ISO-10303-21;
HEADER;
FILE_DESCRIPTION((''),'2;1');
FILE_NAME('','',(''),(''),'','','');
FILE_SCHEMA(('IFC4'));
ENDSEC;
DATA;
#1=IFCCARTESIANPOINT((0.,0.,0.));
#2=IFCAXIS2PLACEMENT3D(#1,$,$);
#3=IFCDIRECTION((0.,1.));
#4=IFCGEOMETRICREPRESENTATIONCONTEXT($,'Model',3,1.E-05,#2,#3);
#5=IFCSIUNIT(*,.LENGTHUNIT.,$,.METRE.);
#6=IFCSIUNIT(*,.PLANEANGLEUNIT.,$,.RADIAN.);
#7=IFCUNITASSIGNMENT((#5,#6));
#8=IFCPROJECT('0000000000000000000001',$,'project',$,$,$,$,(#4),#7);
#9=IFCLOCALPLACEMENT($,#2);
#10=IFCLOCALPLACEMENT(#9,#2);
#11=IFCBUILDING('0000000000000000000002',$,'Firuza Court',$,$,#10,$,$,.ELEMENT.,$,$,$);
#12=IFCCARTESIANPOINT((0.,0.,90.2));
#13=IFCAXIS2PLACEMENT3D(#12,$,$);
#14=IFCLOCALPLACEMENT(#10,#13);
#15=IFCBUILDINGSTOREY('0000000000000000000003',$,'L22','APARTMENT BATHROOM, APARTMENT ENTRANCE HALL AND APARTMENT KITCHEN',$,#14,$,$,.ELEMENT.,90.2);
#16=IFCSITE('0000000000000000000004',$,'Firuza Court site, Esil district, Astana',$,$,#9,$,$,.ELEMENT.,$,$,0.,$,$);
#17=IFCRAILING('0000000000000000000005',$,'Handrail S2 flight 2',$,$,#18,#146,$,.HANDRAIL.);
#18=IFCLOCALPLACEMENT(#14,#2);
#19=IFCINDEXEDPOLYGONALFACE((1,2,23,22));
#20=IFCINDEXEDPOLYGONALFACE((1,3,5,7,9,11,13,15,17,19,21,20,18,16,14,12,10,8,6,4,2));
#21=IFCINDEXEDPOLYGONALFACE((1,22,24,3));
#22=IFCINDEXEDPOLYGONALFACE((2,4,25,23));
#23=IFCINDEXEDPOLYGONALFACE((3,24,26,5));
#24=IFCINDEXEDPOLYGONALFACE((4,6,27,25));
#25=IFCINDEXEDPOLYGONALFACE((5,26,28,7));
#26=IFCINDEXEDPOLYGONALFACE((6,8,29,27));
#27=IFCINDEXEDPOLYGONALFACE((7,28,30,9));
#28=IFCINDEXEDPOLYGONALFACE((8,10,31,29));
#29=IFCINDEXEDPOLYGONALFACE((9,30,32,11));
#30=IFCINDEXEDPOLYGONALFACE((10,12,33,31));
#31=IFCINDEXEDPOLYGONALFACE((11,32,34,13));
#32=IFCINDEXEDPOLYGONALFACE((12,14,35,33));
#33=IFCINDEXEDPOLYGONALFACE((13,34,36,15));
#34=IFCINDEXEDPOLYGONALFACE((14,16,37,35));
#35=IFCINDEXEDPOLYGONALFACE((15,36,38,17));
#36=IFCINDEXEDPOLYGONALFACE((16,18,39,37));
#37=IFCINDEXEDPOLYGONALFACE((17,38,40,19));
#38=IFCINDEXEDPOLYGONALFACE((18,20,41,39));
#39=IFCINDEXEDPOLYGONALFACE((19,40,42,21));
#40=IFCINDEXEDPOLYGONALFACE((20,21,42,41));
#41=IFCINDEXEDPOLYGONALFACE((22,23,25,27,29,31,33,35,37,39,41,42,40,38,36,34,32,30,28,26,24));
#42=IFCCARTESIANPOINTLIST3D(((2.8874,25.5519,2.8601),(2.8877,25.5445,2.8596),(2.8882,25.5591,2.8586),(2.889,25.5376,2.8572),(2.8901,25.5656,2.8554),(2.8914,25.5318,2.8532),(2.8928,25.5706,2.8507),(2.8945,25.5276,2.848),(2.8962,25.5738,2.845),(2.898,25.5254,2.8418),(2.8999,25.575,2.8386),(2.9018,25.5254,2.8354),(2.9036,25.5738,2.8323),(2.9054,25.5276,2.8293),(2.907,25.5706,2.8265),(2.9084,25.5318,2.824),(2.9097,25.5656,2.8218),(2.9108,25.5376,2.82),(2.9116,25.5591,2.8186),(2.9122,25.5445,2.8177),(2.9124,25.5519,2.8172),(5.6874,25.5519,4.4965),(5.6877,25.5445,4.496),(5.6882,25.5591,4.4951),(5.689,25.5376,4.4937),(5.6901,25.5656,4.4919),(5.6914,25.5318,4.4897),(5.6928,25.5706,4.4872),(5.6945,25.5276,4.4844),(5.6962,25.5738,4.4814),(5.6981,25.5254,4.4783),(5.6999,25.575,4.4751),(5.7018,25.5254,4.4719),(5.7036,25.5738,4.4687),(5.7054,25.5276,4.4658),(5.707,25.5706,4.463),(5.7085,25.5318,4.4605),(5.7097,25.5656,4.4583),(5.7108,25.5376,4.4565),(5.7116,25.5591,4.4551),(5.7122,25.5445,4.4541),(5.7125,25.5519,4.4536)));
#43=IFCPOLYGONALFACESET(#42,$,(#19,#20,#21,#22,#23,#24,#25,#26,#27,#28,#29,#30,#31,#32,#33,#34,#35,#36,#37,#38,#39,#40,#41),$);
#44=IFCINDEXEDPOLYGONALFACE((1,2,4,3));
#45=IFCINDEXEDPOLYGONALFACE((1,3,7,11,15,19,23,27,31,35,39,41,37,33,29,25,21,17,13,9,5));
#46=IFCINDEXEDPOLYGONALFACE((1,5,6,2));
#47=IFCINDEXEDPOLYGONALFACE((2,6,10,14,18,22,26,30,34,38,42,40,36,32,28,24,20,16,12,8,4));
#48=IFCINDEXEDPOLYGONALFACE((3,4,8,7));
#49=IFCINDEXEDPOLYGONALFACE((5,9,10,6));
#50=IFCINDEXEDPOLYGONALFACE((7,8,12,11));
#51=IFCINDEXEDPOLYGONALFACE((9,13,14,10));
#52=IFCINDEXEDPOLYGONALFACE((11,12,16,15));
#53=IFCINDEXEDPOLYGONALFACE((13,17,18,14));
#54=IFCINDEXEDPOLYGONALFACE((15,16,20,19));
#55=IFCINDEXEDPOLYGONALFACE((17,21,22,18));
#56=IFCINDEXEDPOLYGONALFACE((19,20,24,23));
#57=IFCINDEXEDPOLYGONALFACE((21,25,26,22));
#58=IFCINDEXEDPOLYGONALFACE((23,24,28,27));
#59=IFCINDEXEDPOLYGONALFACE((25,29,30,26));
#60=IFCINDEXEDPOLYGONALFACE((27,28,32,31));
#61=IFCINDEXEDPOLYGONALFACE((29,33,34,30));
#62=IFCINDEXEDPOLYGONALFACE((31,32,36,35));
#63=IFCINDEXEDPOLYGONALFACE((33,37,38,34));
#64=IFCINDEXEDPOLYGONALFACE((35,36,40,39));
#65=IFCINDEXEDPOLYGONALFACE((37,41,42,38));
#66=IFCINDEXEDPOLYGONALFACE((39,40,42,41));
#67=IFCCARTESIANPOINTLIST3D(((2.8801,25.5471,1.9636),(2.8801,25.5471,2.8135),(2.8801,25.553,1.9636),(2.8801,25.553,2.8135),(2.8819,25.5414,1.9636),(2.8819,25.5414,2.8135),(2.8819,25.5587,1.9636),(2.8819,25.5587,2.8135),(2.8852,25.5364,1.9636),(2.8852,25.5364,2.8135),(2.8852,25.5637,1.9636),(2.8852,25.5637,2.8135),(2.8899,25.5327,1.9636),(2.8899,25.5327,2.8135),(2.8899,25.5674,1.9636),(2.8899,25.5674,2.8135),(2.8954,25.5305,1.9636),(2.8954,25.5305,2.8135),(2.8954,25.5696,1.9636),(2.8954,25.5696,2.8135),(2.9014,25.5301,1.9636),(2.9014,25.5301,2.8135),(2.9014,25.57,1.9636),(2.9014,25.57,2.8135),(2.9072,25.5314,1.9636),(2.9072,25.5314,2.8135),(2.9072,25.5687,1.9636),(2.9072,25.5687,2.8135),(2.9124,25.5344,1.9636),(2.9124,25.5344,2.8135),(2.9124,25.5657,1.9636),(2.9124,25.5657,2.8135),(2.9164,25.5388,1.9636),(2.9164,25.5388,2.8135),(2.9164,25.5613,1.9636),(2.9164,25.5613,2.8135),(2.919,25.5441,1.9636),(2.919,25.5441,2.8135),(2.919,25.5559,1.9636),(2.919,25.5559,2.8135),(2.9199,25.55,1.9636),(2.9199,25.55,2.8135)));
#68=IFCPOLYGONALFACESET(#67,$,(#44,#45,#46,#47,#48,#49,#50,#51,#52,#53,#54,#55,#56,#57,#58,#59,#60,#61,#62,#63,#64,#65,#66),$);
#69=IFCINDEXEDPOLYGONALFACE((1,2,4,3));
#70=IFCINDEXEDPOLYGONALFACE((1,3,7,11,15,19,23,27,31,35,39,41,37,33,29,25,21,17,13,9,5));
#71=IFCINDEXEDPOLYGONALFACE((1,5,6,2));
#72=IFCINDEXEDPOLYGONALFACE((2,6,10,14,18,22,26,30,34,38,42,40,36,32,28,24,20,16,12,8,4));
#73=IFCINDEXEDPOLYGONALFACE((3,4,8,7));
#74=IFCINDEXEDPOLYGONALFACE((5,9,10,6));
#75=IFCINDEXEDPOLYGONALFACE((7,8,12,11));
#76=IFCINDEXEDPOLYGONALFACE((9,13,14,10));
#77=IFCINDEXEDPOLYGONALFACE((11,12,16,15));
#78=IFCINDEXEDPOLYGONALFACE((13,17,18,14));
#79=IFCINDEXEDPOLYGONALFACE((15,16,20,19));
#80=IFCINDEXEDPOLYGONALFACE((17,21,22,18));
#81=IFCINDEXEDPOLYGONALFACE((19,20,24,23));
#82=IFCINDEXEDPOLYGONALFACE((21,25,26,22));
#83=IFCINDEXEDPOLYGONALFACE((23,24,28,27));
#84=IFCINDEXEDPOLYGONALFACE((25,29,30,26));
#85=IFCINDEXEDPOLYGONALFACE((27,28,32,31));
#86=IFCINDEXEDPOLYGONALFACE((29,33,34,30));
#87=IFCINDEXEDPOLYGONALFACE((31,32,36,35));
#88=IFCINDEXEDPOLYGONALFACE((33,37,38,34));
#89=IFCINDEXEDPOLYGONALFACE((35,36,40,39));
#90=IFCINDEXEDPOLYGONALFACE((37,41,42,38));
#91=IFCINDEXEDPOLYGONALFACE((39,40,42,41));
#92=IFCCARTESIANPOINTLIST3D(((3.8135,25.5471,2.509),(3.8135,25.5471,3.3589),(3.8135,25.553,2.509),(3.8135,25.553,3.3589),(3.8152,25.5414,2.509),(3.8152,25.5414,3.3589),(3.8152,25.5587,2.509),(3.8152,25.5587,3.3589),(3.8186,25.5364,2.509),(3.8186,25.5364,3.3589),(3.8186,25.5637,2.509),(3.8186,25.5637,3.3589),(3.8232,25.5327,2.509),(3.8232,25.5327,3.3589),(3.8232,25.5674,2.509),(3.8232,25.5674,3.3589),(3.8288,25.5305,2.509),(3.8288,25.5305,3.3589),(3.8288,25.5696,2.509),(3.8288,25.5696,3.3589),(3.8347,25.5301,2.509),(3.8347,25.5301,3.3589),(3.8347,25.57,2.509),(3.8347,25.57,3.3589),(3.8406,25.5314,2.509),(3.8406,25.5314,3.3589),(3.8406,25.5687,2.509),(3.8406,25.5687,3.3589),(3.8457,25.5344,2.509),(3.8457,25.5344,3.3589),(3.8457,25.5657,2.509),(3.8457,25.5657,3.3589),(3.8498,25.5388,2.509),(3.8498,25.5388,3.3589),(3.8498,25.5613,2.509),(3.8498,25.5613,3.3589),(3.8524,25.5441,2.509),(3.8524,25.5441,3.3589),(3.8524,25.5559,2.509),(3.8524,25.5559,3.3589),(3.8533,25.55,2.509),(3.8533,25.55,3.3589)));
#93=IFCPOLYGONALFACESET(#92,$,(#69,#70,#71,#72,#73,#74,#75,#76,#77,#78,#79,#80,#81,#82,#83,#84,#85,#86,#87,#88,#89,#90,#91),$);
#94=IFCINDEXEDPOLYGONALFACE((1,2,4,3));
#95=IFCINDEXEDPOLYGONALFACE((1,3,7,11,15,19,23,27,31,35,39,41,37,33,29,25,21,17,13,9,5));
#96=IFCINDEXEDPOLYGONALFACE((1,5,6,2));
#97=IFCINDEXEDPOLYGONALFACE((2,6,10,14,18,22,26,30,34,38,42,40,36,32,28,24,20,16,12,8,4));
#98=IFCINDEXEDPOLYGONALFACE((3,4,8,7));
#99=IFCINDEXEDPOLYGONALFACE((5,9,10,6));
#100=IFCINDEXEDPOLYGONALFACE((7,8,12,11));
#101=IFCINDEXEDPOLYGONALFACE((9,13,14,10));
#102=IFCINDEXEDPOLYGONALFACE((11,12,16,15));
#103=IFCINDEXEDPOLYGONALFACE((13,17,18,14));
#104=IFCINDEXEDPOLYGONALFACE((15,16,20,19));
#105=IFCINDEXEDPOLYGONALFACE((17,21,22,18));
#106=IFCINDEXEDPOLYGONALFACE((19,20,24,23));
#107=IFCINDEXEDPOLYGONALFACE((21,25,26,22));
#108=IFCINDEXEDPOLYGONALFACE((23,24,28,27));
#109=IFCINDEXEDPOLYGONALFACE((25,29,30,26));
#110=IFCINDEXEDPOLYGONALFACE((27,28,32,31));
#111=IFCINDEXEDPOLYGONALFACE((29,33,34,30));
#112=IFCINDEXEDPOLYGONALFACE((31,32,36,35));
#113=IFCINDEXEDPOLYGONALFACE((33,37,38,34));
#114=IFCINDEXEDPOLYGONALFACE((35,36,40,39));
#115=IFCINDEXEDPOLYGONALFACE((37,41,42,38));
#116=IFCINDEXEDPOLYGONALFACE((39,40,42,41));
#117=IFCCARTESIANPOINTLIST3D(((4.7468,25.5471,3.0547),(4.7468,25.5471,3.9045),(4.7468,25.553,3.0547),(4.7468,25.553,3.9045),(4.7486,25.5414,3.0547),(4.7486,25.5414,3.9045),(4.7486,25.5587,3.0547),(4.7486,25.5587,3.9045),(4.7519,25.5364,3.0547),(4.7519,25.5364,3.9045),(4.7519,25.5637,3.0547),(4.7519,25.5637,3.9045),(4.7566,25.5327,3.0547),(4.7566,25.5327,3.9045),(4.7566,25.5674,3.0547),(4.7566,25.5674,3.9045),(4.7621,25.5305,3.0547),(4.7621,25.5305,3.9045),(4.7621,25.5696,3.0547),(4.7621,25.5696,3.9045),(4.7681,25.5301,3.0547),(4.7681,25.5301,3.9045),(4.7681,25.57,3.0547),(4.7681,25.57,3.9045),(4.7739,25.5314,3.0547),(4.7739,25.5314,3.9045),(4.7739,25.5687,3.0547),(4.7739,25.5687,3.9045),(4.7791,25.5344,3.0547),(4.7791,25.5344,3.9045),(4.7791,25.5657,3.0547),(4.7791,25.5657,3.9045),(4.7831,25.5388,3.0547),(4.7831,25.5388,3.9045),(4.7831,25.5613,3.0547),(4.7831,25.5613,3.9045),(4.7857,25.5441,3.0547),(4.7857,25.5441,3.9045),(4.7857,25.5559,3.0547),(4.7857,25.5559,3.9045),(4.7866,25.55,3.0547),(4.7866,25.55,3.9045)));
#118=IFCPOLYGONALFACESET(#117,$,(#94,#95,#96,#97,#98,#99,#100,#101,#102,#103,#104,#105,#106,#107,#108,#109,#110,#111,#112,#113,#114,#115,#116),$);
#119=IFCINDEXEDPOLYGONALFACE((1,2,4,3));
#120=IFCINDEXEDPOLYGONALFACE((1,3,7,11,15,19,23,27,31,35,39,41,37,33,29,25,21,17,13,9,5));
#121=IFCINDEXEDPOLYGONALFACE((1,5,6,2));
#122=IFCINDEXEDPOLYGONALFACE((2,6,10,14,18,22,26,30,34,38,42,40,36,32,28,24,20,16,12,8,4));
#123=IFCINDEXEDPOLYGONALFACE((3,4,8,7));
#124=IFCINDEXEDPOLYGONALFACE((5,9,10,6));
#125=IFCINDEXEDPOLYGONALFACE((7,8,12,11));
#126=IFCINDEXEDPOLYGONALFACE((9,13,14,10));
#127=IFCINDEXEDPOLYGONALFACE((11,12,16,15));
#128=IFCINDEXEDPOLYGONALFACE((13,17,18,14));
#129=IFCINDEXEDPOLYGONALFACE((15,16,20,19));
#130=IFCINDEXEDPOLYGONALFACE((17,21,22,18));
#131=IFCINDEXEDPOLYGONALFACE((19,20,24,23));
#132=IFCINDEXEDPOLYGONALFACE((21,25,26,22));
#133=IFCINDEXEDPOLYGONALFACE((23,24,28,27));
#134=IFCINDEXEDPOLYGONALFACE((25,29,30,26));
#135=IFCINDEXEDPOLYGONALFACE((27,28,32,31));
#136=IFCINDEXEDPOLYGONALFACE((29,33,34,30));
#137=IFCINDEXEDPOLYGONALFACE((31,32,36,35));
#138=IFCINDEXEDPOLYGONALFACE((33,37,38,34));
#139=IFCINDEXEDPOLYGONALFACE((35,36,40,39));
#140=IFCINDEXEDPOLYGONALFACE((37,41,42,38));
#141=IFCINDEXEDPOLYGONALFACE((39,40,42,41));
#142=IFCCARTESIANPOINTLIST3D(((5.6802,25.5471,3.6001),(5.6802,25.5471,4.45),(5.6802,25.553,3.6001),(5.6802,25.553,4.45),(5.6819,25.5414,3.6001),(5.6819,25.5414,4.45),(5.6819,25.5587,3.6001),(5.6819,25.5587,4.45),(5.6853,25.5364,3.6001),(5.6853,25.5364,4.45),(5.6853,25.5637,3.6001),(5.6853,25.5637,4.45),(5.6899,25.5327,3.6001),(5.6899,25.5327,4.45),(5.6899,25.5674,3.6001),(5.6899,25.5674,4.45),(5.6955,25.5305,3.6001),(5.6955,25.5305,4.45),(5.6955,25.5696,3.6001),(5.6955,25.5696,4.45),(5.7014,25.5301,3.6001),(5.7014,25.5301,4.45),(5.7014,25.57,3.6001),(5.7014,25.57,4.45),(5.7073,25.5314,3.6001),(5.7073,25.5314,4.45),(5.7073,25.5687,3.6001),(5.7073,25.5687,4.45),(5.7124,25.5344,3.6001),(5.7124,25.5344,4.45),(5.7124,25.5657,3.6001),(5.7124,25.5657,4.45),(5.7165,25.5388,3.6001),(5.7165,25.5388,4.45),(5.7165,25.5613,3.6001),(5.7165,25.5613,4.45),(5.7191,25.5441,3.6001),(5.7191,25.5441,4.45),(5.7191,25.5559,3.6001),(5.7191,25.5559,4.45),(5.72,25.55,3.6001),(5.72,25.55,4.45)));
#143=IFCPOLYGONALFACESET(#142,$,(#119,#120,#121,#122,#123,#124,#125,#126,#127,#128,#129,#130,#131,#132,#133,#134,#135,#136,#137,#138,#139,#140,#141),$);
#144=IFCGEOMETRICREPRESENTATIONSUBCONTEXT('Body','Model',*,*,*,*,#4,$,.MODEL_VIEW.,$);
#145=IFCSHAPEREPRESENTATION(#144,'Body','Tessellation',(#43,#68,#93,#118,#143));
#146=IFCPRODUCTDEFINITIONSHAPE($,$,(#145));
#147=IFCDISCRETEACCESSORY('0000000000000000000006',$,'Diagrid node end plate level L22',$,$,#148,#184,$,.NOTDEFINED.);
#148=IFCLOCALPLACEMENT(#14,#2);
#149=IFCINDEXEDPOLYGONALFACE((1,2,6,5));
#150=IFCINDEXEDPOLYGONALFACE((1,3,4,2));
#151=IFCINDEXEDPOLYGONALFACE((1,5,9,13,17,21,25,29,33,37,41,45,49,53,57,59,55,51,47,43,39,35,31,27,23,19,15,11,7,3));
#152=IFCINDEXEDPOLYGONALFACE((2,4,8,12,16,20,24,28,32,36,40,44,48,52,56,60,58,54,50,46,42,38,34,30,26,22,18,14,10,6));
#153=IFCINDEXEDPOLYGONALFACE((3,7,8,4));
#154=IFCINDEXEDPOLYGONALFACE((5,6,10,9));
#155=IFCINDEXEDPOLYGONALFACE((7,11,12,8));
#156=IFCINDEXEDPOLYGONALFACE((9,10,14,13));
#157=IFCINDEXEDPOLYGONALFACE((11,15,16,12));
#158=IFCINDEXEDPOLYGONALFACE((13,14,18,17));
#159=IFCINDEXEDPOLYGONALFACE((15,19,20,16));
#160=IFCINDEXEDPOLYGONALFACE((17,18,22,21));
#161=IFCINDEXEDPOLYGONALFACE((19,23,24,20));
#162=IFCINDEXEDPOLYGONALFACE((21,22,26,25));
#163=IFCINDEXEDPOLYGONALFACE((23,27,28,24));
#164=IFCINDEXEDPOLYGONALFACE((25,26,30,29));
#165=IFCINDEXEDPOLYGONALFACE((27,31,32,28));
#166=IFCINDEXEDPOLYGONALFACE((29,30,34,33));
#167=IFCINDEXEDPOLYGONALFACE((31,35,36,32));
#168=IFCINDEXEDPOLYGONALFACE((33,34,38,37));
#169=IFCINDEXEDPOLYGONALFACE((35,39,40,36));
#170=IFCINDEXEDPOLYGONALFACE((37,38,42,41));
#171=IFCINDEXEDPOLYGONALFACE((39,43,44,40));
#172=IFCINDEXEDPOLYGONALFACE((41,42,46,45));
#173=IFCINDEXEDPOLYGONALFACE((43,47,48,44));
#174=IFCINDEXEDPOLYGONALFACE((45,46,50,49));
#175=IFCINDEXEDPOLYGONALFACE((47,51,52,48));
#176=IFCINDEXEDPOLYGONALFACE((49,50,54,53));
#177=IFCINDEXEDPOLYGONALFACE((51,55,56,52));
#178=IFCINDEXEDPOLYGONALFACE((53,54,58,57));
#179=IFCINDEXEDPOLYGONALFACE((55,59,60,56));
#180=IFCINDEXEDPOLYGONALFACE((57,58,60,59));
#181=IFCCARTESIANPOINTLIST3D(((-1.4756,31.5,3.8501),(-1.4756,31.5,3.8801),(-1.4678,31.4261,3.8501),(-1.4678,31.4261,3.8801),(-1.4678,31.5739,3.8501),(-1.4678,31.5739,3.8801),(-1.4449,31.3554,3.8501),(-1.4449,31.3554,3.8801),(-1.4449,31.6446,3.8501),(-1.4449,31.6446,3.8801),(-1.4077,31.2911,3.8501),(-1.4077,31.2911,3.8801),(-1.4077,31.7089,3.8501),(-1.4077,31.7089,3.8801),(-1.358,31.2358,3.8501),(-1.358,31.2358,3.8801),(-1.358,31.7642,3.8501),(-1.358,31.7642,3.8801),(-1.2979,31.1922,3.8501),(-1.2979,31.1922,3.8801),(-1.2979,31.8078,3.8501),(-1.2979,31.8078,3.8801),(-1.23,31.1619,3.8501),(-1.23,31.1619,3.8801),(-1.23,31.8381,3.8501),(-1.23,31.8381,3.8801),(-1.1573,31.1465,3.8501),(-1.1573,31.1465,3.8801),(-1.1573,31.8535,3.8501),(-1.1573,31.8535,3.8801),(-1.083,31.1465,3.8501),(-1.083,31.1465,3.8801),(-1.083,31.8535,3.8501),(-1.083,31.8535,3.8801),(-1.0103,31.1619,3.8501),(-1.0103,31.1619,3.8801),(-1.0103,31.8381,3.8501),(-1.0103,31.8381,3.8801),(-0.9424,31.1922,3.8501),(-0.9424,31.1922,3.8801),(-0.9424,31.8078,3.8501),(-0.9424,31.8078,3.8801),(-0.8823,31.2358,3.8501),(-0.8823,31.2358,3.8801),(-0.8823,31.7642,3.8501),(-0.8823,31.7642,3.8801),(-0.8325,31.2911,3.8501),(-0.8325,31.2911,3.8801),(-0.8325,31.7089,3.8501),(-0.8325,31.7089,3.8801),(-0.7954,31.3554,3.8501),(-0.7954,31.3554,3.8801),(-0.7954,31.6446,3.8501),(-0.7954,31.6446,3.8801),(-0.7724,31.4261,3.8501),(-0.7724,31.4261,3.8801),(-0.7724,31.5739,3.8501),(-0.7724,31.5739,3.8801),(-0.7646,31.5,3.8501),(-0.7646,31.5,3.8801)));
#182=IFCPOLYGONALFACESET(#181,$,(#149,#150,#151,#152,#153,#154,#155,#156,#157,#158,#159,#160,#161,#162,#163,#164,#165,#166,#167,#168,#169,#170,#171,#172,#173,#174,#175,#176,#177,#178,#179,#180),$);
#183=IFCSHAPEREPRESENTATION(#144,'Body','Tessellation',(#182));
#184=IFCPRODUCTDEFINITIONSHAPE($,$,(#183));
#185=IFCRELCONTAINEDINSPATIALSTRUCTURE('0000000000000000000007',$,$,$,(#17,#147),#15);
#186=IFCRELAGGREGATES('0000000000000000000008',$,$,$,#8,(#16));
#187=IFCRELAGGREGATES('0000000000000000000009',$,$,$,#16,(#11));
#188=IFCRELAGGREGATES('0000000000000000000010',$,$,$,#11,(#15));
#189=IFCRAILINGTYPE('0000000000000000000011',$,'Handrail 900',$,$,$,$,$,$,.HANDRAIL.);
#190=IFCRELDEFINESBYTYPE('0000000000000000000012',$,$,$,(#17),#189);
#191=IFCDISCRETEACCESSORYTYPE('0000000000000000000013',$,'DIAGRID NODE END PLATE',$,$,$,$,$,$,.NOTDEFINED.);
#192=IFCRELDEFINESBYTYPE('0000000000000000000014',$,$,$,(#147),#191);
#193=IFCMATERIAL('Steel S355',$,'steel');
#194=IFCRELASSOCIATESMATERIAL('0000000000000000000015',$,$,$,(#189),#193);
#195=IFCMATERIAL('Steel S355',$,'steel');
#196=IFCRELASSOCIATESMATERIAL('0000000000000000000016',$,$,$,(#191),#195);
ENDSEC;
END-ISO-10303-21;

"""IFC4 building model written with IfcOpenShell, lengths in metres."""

from ifc_helpers import new_model, si_unit, direction, frame, origin, origin_2d, place, context, subcontext, project, spatial, circle, extrude, material, material_profile, profile_set, type_object, element, save


model = new_model("IFC4")

# Units and contexts
model_context = context("Model", 3, precision=1e-05, world=origin(), true_north=direction((0.0, 1.0)))
body_context = subcontext(model_context, "Body", "Model", "MODEL_VIEW")
ifc_project = project(units=[si_unit("LENGTHUNIT", "METRE"), si_unit("PLANEANGLEUNIT", "RADIAN")], contexts=[model_context])

# Site, building, storey
site_placement = place(None, origin())
site = spatial("IfcSite", under=ifc_project, at=site_placement, Name="Firuza Court site, Esil district, Astana", CompositionType="ELEMENT", RefElevation=0.0)
building_placement = place(site_placement, origin())
building = spatial("IfcBuilding", under=site, at=building_placement, Name="Firuza Court", CompositionType="ELEMENT")
storey_placement = place(building_placement, frame((0.0, 0.0, 90.2)))
storey = spatial("IfcBuildingStorey", under=building, at=storey_placement, Name="L22", Description="APARTMENT BATHROOM, APARTMENT ENTRANCE HALL AND APARTMENT KITCHEN", CompositionType="ELEMENT", Elevation=90.2)

# Railing
ifc_material_1 = material(Name="Steel S355", Category="steel")
railing_type_1 = type_object("IfcRailingType", Name="Handrail 900", PredefinedType="HANDRAIL", material=ifc_material_1)
railing_1_placement = place(storey_placement, frame((2.8999, 25.55, 1.9636)))
element("IfcRailing", 1, at=railing_1_placement, inside=storey, type_object=railing_type_1, Name="Handrail S2 flight 2", PredefinedType="HANDRAIL", context=body_context, shape_type="SweptSolid", body=[
    extrude(circle(Radius=0.0249, at=origin_2d()), frame((0.0, 0.0, 0.875), z_axis=(0.863361, 0.0, 0.504587), x_axis=(0.0, 1.0, 0.0)), (0.0, 0.0, 1.0), 3.2432),
    extrude(circle(Radius=0.02, at=origin_2d()), origin(), (0.0, 0.0, 1.0), 0.8499),
    extrude(circle(Radius=0.02, at=origin_2d()), frame((0.9333, 0.0, 0.5454)), (0.0, 0.0, 1.0), 0.8499),
    extrude(circle(Radius=0.02, at=origin_2d()), frame((1.8667, 0.0, 1.0911)), (0.0, 0.0, 1.0), 0.8499),
    extrude(circle(Radius=0.02, at=origin_2d()), frame((2.8, 0.0, 1.6365)), (0.0, 0.0, 1.0), 0.8499),
])

# Discrete accessory
ifc_material_2 = material(Name="Steel S355", Category="steel")
ifc_material_profile_1 = material_profile(ifc_material_2, circle(Radius=0.3555, at=origin_2d()), Name="PL D711")
ifc_profile_set_1 = profile_set([ifc_material_profile_1], Name="Steel S355")
discrete_accessory_type = type_object("IfcDiscreteAccessoryType", Name="DIAGRID NODE END PLATE", PredefinedType="NOTDEFINED", material=ifc_profile_set_1)
for number, where, z_axis, x_axis, name in (
    (2, (-1.1201, 31.5, 3.8501), (0.0, 0.0, 1.0), (1.0, 0.0, 0.0), "Diagrid node end plate level L22"),
):
    element("IfcDiscreteAccessory", number, at=place(storey_placement, frame(where, z_axis=z_axis, x_axis=x_axis)), inside=storey, type_object=discrete_accessory_type, Name=name, PredefinedType="NOTDEFINED", context=body_context, shape_type="SweptSolid", body=[
        extrude(circle(Radius=0.3555, at=origin_2d()), origin(), (0.0, 0.0, 1.0), 0.03),
    ])

save(model, "model.ifc")
